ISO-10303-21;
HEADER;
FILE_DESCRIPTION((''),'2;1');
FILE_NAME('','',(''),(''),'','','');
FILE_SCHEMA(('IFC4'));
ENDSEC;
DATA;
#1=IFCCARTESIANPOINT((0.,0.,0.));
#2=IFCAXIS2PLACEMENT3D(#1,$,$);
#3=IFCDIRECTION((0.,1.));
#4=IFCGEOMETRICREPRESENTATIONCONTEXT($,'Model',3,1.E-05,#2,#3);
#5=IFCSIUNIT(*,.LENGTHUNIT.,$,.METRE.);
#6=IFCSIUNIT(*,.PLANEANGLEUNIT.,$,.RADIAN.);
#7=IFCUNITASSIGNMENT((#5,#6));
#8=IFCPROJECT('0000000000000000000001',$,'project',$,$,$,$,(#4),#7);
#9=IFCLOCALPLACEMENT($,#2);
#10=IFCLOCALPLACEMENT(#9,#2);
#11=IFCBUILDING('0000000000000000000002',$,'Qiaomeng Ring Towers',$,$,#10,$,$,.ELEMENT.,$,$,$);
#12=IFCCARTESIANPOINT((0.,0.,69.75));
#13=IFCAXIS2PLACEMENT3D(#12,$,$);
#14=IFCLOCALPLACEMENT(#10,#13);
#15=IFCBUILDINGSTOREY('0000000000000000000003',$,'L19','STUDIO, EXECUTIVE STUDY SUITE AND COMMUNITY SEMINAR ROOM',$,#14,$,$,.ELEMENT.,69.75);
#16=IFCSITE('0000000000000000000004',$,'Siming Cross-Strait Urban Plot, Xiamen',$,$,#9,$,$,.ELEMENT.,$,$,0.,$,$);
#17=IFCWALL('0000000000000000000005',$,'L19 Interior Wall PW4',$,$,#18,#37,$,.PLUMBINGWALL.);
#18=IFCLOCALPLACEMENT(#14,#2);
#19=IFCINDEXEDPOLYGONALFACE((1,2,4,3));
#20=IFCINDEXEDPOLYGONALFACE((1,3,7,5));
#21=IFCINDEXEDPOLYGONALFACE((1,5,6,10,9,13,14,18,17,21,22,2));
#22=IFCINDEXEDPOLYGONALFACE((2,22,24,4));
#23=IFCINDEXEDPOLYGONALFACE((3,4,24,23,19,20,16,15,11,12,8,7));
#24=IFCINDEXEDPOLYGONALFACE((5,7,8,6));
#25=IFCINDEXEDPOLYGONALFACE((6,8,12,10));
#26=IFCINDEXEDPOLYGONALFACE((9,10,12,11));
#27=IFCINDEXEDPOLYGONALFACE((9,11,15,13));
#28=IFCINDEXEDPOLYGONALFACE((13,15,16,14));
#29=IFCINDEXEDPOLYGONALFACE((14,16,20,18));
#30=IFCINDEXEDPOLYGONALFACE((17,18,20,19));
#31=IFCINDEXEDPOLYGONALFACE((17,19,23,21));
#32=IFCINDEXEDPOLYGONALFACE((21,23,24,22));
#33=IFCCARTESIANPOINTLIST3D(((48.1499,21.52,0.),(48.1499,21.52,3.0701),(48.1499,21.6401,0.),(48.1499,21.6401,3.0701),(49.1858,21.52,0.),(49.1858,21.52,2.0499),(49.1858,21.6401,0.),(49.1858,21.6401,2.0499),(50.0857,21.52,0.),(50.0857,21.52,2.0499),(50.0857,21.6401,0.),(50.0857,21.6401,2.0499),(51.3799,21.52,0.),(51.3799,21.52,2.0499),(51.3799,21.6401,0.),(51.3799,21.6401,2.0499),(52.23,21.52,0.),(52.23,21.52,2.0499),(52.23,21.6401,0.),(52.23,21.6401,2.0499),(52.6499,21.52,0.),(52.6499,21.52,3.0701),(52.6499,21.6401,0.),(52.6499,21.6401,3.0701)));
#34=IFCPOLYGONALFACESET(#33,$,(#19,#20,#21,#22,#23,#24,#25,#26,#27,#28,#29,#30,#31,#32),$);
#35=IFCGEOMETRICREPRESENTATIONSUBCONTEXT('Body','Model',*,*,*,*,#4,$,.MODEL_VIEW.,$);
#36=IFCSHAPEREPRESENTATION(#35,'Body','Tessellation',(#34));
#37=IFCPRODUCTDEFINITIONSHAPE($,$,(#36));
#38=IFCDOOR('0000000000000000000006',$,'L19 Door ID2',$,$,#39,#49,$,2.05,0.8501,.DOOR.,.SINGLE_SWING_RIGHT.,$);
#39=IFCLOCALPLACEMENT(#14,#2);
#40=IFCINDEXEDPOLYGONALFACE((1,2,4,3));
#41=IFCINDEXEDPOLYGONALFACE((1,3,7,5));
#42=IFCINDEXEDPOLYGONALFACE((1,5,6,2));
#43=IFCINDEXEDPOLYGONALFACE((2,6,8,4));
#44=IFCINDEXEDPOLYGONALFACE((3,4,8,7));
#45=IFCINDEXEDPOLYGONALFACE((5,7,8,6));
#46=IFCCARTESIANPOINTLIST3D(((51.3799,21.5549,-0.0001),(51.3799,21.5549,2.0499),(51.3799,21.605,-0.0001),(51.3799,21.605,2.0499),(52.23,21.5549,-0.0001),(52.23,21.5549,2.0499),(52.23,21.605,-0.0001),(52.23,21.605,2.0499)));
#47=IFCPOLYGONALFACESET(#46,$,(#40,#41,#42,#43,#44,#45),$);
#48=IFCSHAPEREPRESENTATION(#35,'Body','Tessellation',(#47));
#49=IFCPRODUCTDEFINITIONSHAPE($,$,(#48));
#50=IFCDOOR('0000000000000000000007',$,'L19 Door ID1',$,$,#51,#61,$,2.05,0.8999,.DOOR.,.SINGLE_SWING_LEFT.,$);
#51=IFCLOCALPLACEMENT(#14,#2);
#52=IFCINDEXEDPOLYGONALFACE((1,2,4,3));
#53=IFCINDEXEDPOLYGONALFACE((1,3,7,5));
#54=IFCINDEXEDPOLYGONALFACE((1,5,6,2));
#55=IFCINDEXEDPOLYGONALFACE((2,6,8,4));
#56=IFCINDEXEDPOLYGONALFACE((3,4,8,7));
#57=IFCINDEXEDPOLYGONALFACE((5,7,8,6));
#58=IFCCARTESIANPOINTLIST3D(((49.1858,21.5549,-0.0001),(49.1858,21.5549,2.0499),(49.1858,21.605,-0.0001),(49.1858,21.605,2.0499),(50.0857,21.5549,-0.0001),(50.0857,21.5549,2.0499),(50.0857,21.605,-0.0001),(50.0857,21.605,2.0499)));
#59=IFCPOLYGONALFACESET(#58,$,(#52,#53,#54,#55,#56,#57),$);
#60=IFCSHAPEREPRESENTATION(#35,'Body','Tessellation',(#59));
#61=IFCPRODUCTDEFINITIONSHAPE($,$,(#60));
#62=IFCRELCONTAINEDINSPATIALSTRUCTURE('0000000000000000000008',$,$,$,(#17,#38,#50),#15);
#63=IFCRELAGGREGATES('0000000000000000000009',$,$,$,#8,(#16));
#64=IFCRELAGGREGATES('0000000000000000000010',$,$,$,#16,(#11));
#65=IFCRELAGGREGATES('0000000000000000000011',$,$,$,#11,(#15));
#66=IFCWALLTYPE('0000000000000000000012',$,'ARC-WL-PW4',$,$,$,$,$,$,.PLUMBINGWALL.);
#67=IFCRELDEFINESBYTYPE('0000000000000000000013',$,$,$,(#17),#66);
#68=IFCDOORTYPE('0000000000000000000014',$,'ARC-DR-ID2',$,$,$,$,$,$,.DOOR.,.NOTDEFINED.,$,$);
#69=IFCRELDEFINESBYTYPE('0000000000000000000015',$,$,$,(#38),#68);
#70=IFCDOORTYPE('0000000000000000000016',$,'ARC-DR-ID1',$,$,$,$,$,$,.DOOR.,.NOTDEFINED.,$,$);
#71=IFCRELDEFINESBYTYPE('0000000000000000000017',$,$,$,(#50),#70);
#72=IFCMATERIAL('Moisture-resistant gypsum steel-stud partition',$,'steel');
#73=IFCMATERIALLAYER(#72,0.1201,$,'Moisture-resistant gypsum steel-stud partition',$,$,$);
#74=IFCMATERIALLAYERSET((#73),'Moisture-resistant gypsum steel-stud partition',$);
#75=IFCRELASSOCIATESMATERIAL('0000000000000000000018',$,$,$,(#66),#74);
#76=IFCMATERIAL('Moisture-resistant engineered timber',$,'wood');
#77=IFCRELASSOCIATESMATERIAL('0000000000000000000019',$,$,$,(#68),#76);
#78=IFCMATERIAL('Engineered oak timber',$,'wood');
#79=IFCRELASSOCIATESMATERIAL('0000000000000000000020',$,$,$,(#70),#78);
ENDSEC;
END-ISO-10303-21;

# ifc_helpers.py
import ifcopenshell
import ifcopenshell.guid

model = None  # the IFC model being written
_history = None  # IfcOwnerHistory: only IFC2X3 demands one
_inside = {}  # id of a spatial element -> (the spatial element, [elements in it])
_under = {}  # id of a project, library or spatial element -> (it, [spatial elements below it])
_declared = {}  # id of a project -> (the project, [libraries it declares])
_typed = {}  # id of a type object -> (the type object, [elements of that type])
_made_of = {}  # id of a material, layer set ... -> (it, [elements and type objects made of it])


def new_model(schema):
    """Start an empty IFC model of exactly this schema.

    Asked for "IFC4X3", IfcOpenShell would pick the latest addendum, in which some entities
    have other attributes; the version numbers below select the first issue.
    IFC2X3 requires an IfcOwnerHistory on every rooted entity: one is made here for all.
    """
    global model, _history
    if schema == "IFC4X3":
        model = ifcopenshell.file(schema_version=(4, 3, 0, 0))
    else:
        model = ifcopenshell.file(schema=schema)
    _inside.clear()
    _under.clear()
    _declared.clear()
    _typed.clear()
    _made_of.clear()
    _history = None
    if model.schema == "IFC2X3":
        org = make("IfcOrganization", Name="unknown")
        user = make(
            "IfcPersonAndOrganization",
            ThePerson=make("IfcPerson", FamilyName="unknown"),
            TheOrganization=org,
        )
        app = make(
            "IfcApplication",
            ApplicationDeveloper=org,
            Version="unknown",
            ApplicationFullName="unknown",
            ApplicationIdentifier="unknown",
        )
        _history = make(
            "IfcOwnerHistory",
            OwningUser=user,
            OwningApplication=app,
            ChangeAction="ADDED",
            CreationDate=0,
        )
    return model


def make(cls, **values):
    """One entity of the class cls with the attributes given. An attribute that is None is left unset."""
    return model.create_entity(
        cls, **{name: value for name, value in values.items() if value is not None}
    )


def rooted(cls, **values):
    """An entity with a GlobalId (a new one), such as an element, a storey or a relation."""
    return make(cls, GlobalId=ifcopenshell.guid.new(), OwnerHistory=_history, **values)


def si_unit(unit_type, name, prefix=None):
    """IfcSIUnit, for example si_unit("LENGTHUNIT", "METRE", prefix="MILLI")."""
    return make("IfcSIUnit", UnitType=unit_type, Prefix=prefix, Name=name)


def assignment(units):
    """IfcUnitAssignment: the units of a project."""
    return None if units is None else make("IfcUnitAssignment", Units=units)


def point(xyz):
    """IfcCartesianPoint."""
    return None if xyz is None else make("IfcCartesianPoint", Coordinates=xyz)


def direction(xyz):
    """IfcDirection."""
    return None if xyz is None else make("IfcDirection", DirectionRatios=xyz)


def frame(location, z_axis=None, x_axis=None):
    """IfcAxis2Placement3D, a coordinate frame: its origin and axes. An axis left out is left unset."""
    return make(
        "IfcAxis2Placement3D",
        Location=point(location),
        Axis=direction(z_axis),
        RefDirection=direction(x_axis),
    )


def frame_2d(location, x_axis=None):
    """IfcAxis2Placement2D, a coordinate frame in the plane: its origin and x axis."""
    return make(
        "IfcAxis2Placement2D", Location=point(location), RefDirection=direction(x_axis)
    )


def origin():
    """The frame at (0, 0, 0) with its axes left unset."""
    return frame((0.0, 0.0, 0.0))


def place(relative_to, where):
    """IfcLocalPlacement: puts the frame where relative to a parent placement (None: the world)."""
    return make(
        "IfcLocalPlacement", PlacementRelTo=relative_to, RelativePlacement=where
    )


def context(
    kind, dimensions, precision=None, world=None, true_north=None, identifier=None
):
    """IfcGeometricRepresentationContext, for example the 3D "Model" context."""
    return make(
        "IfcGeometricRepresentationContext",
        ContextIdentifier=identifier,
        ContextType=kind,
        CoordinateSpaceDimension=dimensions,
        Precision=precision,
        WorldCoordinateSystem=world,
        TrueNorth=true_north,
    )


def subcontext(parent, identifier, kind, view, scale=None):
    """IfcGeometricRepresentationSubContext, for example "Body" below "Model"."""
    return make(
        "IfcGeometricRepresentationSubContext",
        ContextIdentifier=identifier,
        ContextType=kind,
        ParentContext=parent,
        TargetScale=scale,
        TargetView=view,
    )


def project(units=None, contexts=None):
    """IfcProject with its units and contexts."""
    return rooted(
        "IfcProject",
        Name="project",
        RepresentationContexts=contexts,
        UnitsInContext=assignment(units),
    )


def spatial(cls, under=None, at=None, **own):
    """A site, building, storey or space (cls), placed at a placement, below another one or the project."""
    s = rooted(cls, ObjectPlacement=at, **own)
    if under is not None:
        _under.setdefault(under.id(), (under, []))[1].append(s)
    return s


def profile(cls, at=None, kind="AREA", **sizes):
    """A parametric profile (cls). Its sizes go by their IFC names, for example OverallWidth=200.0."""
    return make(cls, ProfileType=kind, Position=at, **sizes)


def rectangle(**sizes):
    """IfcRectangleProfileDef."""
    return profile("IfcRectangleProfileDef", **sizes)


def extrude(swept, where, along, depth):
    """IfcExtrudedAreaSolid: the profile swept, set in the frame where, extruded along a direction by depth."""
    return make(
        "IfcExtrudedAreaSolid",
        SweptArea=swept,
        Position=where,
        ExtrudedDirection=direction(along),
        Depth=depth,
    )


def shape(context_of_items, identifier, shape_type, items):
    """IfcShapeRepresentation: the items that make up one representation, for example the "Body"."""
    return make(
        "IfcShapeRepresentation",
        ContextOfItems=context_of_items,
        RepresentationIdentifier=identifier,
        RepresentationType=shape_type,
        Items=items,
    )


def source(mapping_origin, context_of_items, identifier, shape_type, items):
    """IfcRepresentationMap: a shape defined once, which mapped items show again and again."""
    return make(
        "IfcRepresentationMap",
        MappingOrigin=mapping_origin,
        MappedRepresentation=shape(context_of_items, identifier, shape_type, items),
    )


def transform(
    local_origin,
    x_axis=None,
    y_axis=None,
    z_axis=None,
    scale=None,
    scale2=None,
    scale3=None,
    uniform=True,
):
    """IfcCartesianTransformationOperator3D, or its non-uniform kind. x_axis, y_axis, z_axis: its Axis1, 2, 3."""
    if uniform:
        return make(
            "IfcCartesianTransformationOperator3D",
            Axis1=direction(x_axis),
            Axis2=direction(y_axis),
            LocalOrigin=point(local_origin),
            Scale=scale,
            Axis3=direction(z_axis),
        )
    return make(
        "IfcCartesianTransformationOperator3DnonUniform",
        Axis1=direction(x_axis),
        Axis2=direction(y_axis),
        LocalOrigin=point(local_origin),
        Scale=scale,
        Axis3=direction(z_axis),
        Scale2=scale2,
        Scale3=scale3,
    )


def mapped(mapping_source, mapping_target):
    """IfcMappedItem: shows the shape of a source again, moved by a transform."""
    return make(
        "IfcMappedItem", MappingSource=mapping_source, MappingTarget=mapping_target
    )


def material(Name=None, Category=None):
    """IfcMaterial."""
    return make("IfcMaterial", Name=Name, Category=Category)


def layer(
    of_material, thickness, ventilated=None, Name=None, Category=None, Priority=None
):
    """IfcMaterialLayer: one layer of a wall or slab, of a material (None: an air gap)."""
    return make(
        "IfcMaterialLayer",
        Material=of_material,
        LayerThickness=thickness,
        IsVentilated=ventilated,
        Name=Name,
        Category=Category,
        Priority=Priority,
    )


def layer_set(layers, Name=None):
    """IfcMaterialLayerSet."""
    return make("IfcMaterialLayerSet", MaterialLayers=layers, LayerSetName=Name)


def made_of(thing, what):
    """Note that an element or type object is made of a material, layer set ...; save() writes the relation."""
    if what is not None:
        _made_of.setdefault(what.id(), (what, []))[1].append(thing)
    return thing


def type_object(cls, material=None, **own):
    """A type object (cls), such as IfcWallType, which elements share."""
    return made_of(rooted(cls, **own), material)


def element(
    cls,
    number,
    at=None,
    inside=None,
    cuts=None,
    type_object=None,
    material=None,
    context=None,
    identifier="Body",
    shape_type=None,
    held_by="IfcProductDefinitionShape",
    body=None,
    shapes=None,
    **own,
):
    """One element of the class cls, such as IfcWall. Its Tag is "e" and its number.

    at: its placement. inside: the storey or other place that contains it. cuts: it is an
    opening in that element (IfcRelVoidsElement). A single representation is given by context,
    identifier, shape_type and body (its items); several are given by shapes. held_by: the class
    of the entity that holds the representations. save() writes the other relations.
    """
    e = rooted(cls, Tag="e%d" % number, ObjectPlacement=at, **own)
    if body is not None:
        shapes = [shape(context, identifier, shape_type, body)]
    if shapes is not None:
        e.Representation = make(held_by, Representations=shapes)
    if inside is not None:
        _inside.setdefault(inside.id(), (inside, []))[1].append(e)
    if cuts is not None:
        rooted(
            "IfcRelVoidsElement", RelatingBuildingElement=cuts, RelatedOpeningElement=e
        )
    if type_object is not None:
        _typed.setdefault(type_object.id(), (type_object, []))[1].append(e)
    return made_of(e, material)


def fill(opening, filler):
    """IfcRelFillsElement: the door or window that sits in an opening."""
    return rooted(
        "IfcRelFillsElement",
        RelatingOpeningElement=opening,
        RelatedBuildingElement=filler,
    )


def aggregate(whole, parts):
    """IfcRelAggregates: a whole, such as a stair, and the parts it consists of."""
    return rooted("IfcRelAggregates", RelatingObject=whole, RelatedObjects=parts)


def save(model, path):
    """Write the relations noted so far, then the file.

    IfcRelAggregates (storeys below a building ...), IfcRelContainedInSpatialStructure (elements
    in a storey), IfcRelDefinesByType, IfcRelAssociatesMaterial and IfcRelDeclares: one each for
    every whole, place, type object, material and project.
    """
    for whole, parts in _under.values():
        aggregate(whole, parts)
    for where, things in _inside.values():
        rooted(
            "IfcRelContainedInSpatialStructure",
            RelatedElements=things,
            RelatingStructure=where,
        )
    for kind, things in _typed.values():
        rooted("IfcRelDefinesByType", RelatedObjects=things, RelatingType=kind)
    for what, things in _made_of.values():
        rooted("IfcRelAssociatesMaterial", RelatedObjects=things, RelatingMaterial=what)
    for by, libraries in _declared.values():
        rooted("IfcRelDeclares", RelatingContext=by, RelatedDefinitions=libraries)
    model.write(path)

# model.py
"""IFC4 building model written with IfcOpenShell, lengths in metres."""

from ifc_helpers import new_model, si_unit, direction, frame, frame_2d, origin, place, context, subcontext, project, spatial, rectangle, extrude, source, transform, mapped, material, layer, layer_set, type_object, element, fill, save


model = new_model("IFC4")

# Units and contexts
model_context = context("Model", 3, precision=1e-05, world=origin(), true_north=direction((0.0, 1.0)))
body_context = subcontext(model_context, "Body", "Model", "MODEL_VIEW")
ifc_project = project(units=[si_unit("LENGTHUNIT", "METRE"), si_unit("PLANEANGLEUNIT", "RADIAN")], contexts=[model_context])

# Site, building, storey
site_placement = place(None, origin())
site = spatial("IfcSite", under=ifc_project, at=site_placement, Name="Siming Cross-Strait Urban Plot, Xiamen", CompositionType="ELEMENT", RefElevation=0.0)
building_placement = place(site_placement, origin())
building = spatial("IfcBuilding", under=site, at=building_placement, Name="Qiaomeng Ring Towers", CompositionType="ELEMENT")
storey_placement = place(building_placement, frame((0.0, 0.0, 69.75)))
storey = spatial("IfcBuildingStorey", under=building, at=storey_placement, Name="L19", Description="STUDIO, EXECUTIVE STUDY SUITE AND COMMUNITY SEMINAR ROOM", CompositionType="ELEMENT", Elevation=69.75)

# Shared definitions
ifc_material_1 = material(Name="Moisture-resistant gypsum steel-stud partition", Category="steel")
ifc_layer_1 = layer(ifc_material_1, 0.1201, Name="Moisture-resistant gypsum steel-stud partition")
ifc_layer_set_1 = layer_set([ifc_layer_1], Name="Moisture-resistant gypsum steel-stud partition")
wall_type_1 = type_object("IfcWallType", Name="ARC-WL-PW4", PredefinedType="PLUMBINGWALL", material=ifc_layer_set_1)
ifc_material_2 = material(Name="Moisture-resistant engineered timber", Category="wood")
door_type_1 = type_object("IfcDoorType", Name="ARC-DR-ID2", OperationType="NOTDEFINED", PredefinedType="DOOR", material=ifc_material_2)
shared_shape_1 = source(origin(), body_context, "Body", "SweptSolid", [
    extrude(rectangle(XDim=0.8501, YDim=2.05, at=frame_2d((0.425, 1.0249))), frame((0.0, 0.0249, 0.0), z_axis=(0.0, -1.0, 0.0), x_axis=(1.0, 0.0, 0.0)), (0.0, 0.0, 1.0), 0.05),
])
ifc_material_3 = material(Name="Engineered oak timber", Category="wood")
door_type_2 = type_object("IfcDoorType", Name="ARC-DR-ID1", OperationType="NOTDEFINED", PredefinedType="DOOR", material=ifc_material_3)
shared_shape_2 = source(origin(), body_context, "Body", "SweptSolid", [
    extrude(rectangle(XDim=0.8999, YDim=2.05, at=frame_2d((0.45, 1.0249))), frame((0.0, 0.0249, 0.0), z_axis=(0.0, -1.0, 0.0), x_axis=(1.0, 0.0, 0.0)), (0.0, 0.0, 1.0), 0.05),
])

# Wall, openings, doors
wall_1_placement = place(storey_placement, frame((48.1499, 21.5801, 0.0), z_axis=(0.0, 0.0, 1.0), x_axis=(1.0, 0.0, 0.0)))
wall_1 = element("IfcWall", 1, at=wall_1_placement, inside=storey, type_object=wall_type_1, Name="L19 Interior Wall PW4", PredefinedType="PLUMBINGWALL", context=body_context, shape_type="SweptSolid", body=[
    extrude(rectangle(XDim=4.5, YDim=0.1201, at=frame_2d((2.25, 0.0))), origin(), (0.0, 0.0, 1.0), 3.0701),
])
opening_1_placement = place(wall_1_placement, frame((1.0359, 0.0, 0.0)))
opening_1 = element("IfcOpeningElement", 2, at=opening_1_placement, cuts=wall_1, PredefinedType="OPENING", context=body_context, shape_type="SweptSolid", body=[
    extrude(rectangle(XDim=0.8999, YDim=2.05, at=frame_2d((0.45, 1.0249))), frame((0.0, 0.0701, 0.0), z_axis=(0.0, -1.0, 0.0), x_axis=(1.0, 0.0, 0.0)), (0.0, 0.0, 1.0), 0.1401),
])
opening_2_placement = place(wall_1_placement, frame((3.23, 0.0, 0.0)))
opening_2 = element("IfcOpeningElement", 3, at=opening_2_placement, cuts=wall_1, PredefinedType="OPENING", context=body_context, shape_type="SweptSolid", body=[
    extrude(rectangle(XDim=0.8501, YDim=2.05, at=frame_2d((0.425, 1.0249))), frame((0.0, 0.0701, 0.0), z_axis=(0.0, -1.0, 0.0), x_axis=(1.0, 0.0, 0.0)), (0.0, 0.0, 1.0), 0.1401),
])
door_1_placement = place(opening_2_placement, origin())
door_1 = element("IfcDoor", 4, at=door_1_placement, inside=storey, type_object=door_type_1, Name="L19 Door ID2", OperationType="SINGLE_SWING_RIGHT", OverallHeight=2.05, OverallWidth=0.8501, PredefinedType="DOOR", context=body_context, shape_type="MappedRepresentation", body=[
    mapped(shared_shape_1, transform((0.0, 0.0, 0.0), x_axis=(1.0, 0.0, 0.0), y_axis=(0.0, 1.0, 0.0), z_axis=(0.0, 0.0, 1.0), scale=1.0)),
])
fill(opening_2, door_1)
door_2_placement = place(opening_1_placement, origin())
door_2 = element("IfcDoor", 5, at=door_2_placement, inside=storey, type_object=door_type_2, Name="L19 Door ID1", OperationType="SINGLE_SWING_LEFT", OverallHeight=2.05, OverallWidth=0.8999, PredefinedType="DOOR", context=body_context, shape_type="MappedRepresentation", body=[
    mapped(shared_shape_2, transform((0.0, 0.0, 0.0), x_axis=(1.0, 0.0, 0.0), y_axis=(0.0, 1.0, 0.0), z_axis=(0.0, 0.0, 1.0), scale=1.0)),
])
fill(opening_1, door_2)

save(model, "model.ifc")
